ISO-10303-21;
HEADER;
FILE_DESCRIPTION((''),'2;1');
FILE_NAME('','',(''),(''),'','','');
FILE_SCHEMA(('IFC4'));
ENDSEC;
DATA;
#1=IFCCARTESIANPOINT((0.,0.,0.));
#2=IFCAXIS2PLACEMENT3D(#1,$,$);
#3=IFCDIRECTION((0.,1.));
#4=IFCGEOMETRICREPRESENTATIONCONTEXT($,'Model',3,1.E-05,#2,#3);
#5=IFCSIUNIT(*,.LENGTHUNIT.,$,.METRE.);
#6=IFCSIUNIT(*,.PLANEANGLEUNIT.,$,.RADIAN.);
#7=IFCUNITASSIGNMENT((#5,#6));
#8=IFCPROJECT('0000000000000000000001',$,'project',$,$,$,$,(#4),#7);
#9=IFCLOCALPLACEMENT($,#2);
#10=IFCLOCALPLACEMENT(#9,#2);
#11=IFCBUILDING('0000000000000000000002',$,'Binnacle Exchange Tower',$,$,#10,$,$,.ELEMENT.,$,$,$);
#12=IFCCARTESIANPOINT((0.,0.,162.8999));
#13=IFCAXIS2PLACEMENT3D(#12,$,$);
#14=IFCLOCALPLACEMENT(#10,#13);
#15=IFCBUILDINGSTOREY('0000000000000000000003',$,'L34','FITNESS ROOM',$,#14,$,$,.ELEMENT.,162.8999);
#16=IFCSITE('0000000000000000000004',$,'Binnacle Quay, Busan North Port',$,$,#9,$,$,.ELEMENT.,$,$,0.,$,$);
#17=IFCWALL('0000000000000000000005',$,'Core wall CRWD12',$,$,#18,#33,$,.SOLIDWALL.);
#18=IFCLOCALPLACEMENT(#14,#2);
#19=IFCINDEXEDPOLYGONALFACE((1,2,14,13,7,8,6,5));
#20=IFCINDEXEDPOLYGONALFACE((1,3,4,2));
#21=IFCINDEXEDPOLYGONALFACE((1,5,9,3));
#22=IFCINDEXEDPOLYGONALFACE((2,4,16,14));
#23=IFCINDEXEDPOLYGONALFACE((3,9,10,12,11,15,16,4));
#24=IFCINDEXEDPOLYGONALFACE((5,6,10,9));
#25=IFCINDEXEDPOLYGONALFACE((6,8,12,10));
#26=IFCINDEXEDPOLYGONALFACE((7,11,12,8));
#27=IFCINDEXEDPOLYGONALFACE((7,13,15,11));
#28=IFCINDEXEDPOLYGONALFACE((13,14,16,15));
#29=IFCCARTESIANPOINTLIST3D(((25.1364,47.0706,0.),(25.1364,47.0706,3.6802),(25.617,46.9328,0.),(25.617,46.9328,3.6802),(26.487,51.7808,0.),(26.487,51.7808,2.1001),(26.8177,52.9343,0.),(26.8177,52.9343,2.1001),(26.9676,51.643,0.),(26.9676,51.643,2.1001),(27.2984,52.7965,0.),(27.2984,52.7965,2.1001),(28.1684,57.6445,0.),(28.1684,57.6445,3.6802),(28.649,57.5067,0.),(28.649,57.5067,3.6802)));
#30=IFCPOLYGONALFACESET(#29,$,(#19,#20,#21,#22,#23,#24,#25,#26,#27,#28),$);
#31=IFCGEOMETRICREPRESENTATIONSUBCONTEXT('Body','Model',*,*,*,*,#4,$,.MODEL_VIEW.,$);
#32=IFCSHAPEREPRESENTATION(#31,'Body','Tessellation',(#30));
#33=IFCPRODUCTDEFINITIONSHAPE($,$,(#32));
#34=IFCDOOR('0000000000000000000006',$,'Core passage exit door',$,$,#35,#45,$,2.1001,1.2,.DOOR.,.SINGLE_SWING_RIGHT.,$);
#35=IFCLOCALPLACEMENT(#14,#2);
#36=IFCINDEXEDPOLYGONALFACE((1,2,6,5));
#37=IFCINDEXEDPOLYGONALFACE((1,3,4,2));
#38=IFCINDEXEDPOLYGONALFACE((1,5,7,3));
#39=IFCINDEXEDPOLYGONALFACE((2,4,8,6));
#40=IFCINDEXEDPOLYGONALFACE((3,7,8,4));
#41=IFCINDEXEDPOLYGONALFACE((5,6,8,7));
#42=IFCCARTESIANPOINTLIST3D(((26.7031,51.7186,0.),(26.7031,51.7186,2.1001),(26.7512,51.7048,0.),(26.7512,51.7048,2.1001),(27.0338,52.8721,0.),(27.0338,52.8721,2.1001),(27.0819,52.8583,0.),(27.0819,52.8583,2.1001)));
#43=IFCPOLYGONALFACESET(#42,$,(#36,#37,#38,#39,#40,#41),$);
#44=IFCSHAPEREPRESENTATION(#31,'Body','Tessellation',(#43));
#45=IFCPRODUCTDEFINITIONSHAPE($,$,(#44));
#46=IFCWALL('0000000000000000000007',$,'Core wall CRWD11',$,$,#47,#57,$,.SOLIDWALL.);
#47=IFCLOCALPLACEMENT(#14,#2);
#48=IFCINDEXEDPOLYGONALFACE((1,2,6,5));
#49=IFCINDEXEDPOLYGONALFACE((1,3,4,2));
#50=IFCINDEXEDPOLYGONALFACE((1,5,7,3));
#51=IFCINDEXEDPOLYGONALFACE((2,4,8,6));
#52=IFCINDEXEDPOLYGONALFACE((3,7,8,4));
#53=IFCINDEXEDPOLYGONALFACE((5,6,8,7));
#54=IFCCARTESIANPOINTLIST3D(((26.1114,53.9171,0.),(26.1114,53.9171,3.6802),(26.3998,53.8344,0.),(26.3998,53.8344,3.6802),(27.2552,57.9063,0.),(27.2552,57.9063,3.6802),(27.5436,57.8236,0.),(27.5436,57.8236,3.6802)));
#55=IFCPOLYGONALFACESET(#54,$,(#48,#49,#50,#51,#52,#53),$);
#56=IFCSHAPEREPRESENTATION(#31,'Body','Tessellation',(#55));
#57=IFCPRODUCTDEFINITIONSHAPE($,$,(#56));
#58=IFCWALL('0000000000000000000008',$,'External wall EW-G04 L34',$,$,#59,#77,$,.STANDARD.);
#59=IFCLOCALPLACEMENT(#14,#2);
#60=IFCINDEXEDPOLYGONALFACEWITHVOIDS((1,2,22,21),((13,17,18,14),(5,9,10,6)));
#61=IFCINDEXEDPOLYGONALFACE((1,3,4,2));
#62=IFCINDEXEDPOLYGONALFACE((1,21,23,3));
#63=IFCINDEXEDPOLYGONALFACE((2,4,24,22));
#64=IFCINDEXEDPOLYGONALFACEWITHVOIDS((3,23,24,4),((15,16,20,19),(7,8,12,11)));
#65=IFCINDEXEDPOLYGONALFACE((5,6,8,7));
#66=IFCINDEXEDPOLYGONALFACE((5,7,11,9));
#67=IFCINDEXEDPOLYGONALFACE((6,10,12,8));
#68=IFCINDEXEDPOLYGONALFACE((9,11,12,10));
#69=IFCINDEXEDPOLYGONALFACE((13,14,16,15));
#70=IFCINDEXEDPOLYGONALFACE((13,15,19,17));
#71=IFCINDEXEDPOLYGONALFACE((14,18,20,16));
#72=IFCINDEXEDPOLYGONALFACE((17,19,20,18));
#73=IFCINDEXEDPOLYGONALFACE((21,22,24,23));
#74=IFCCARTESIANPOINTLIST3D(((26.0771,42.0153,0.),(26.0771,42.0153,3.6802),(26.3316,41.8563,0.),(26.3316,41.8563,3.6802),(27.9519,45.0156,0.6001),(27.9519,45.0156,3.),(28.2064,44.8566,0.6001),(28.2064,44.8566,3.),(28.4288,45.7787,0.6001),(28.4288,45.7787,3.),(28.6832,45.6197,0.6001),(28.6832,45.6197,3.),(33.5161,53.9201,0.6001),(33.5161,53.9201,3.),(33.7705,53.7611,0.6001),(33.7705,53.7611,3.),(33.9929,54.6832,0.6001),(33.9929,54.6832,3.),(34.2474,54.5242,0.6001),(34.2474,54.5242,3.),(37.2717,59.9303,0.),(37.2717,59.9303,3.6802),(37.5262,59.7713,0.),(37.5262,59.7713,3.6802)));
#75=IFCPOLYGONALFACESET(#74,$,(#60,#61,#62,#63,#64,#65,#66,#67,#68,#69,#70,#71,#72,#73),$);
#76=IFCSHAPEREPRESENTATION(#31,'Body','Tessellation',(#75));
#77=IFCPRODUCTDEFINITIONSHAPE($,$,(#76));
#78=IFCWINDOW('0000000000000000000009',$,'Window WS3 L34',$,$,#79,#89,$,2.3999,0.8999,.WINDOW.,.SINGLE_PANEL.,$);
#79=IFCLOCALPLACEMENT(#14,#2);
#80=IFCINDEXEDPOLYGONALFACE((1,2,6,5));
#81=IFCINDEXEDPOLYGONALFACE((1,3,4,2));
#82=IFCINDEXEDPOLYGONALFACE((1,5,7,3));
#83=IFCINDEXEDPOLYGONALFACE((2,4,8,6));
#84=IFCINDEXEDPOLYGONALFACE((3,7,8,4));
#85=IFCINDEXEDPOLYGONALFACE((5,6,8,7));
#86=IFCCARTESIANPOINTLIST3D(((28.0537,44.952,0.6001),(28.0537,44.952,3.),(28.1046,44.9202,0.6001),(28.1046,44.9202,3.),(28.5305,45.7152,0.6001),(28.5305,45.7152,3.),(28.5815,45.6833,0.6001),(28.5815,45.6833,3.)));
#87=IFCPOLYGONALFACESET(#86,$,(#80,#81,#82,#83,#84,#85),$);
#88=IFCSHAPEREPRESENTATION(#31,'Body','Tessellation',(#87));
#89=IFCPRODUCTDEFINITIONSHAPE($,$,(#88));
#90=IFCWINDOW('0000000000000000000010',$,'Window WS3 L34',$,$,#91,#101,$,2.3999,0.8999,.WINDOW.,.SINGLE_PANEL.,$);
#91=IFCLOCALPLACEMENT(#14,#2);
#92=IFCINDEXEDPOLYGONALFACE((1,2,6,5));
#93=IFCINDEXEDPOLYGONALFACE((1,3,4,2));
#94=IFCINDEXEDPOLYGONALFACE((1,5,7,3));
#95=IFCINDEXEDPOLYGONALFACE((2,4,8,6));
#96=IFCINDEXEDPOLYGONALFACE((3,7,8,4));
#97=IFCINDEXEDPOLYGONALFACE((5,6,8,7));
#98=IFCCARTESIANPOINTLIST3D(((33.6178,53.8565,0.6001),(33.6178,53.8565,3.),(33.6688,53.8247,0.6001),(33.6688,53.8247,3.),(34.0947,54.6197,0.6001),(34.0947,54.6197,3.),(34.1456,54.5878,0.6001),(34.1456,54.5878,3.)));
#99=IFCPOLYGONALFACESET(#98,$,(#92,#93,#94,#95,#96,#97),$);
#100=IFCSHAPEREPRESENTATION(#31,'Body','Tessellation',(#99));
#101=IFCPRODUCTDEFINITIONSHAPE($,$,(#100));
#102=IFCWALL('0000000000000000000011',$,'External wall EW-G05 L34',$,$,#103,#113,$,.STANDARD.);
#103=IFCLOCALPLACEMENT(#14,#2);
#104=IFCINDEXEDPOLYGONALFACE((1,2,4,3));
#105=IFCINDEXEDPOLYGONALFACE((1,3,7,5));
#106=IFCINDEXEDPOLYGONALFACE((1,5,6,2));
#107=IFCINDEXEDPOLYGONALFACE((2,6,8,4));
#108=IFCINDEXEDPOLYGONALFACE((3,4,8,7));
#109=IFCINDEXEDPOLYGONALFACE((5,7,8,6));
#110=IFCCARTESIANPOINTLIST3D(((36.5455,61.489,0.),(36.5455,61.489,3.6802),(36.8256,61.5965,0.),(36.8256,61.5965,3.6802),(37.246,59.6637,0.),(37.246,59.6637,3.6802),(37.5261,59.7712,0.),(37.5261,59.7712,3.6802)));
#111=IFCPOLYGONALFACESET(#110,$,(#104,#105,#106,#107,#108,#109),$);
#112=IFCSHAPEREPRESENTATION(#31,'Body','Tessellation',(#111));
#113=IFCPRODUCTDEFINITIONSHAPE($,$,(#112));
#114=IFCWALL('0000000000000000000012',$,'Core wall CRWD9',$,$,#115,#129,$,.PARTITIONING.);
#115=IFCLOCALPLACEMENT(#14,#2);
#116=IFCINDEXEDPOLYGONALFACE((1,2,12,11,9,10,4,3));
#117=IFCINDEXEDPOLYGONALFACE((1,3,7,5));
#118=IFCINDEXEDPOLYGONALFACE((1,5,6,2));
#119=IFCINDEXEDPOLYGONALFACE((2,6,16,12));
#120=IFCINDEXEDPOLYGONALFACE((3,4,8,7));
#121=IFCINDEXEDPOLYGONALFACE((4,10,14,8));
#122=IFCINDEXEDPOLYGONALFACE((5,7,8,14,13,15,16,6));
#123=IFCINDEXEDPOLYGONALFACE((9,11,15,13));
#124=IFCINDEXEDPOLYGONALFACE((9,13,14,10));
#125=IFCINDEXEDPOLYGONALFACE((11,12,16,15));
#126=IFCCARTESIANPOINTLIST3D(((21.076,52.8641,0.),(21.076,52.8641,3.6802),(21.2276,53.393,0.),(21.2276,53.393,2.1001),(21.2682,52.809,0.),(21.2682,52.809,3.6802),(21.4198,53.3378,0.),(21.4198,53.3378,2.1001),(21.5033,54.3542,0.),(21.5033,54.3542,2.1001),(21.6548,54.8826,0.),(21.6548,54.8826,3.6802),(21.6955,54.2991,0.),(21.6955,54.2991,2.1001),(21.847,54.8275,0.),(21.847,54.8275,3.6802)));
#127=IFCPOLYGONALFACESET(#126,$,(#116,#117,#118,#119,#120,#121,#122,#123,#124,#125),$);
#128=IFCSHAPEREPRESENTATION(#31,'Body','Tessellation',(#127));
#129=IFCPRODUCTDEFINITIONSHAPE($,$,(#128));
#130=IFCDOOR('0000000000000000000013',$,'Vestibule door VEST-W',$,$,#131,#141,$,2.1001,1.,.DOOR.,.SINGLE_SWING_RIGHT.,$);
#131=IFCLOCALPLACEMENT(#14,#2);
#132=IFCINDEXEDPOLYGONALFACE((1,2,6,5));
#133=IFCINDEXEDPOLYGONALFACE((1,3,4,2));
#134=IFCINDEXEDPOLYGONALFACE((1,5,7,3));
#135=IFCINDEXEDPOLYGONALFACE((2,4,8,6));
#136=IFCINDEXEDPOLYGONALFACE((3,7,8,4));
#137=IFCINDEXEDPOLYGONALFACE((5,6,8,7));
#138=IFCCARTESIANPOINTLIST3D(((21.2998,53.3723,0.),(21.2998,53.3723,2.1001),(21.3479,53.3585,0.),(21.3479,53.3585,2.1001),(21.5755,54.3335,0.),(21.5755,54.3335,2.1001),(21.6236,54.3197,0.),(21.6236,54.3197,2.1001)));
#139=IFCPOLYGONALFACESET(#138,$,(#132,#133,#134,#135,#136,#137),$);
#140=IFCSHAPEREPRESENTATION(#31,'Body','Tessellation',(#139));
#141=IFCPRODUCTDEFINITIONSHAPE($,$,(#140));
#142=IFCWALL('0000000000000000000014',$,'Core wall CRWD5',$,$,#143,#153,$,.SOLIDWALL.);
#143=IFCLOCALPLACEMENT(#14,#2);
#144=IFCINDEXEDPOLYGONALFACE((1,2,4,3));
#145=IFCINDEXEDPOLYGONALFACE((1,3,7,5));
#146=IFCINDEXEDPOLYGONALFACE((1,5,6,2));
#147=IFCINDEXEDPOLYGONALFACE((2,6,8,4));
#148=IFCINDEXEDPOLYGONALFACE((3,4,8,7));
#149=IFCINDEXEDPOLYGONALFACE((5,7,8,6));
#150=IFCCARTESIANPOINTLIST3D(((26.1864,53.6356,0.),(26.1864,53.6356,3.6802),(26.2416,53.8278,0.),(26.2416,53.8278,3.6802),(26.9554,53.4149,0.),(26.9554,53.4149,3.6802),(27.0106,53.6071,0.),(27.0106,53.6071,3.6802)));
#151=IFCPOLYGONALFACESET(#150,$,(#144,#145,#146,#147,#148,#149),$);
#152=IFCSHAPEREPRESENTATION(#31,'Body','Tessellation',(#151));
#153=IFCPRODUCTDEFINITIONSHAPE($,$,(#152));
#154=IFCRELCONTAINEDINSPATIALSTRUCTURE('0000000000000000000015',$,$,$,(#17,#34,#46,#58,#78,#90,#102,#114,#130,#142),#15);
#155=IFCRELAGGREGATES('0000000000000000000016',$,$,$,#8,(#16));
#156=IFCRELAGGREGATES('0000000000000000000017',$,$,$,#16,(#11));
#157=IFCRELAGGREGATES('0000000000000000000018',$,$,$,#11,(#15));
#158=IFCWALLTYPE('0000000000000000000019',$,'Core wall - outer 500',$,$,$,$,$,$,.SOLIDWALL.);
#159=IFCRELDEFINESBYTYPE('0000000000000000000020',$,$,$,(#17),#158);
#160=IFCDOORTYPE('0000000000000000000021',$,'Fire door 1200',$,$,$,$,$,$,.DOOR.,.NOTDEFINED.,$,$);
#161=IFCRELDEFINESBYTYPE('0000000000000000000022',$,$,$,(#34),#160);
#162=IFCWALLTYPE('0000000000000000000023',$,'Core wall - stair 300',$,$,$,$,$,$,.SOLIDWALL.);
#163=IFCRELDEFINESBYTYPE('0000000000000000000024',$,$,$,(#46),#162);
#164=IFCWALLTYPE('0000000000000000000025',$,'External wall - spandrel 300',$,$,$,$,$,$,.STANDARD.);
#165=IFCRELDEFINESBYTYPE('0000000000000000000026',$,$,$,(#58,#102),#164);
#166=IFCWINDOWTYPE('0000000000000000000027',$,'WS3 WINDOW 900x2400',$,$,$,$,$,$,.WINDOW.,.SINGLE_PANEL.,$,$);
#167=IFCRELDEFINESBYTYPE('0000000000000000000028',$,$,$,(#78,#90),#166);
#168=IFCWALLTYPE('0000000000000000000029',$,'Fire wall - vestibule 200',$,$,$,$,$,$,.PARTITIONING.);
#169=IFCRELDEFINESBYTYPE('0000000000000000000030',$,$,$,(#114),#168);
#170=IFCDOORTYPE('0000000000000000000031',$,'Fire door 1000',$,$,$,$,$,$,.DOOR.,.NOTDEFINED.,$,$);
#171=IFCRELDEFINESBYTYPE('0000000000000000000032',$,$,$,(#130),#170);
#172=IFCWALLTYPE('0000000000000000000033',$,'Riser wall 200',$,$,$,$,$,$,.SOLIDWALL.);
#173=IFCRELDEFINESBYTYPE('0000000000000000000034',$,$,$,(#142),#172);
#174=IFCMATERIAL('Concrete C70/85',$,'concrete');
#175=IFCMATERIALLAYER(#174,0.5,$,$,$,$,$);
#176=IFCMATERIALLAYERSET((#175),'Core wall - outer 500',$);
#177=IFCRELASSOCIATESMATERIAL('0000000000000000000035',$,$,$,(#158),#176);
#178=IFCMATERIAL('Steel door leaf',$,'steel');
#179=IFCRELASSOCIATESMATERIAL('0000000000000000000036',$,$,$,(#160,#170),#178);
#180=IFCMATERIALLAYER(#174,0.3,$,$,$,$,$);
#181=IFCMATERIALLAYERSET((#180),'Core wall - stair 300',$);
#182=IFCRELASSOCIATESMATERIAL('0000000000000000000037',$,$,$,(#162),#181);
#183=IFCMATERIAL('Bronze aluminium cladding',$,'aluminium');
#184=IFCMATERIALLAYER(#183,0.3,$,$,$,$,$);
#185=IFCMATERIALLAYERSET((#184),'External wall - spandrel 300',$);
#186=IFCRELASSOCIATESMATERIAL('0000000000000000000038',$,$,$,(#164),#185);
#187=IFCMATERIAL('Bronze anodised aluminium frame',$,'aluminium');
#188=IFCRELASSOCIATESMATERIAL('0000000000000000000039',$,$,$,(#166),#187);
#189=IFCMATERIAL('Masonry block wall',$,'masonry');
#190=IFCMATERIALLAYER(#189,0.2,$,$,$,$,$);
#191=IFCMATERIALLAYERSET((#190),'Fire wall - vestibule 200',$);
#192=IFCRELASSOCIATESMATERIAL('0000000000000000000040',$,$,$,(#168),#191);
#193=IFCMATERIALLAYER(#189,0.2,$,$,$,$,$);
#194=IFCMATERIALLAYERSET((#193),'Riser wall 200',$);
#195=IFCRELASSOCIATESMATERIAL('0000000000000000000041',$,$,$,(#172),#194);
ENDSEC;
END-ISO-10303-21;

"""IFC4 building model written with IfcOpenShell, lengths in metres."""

from ifc_helpers import new_model, si_unit, direction, frame, frame_2d, origin, place, context, subcontext, project, spatial, rectangle, extrude, material, layer, layer_set, type_object, element, fill, save


model = new_model("IFC4")

# Units and contexts
model_context = context("Model", 3, precision=1e-05, world=origin(), true_north=direction((0.0, 1.0)))
body_context = subcontext(model_context, "Body", "Model", "MODEL_VIEW")
ifc_project = project(units=[si_unit("LENGTHUNIT", "METRE"), si_unit("PLANEANGLEUNIT", "RADIAN")], contexts=[model_context])

# Site, building, storey
site_placement = place(None, origin())
site = spatial("IfcSite", under=ifc_project, at=site_placement, Name="Binnacle Quay, Busan North Port", CompositionType="ELEMENT", RefElevation=0.0)
building_placement = place(site_placement, origin())
building = spatial("IfcBuilding", under=site, at=building_placement, Name="Binnacle Exchange Tower", CompositionType="ELEMENT")
storey_placement = place(building_placement, frame((0.0, 0.0, 162.8999)))
storey = spatial("IfcBuildingStorey", under=building, at=storey_placement, Name="L34", Description="FITNESS ROOM", CompositionType="ELEMENT", Elevation=162.8999)

# Shared definitions
ifc_material_1 = material(Name="Concrete C70/85", Category="concrete")

# Wall, opening, door
ifc_material_2 = material(Name="Steel door leaf", Category="steel")
ifc_layer_1 = layer(ifc_material_1, 0.5)
ifc_layer_set_1 = layer_set([ifc_layer_1], Name="Core wall - outer 500")
wall_type_1 = type_object("IfcWallType", Name="Core wall - outer 500", PredefinedType="SOLIDWALL", material=ifc_layer_set_1)
wall_1_placement = place(storey_placement, frame((25.3767, 47.0017, 0.0), z_axis=(0.0, 0.0, 1.0), x_axis=(0.275633, 0.961263, 0.0)))
wall_1 = element("IfcWall", 1, at=wall_1_placement, inside=storey, type_object=wall_type_1, Name="Core wall CRWD12", PredefinedType="SOLIDWALL", context=body_context, shape_type="SweptSolid", body=[
    extrude(rectangle(XDim=11.0, YDim=0.5, at=frame_2d((5.5, 0.0))), origin(), (0.0, 0.0, 1.0), 3.6802),
])
opening_1_placement = place(wall_1_placement, frame((4.8999, 0.0, 0.0)))
opening_1 = element("IfcOpeningElement", 2, at=opening_1_placement, cuts=wall_1, PredefinedType="OPENING", context=body_context, shape_type="SweptSolid", body=[
    extrude(rectangle(XDim=1.2, YDim=2.1001, at=frame_2d((0.6001, 1.05))), frame((0.0, 0.26, 0.0), z_axis=(0.0, -1.0, 0.0), x_axis=(1.0, 0.0, 0.0)), (0.0, 0.0, 1.0), 0.52),
])
door_type_1 = type_object("IfcDoorType", Name="Fire door 1200", OperationType="NOTDEFINED", PredefinedType="DOOR", material=ifc_material_2)
door_1_placement = place(opening_1_placement, frame((1.2, 0.0, 0.0), z_axis=(0.0, 0.0, 1.0), x_axis=(-1.0, 0.0, 0.0)))
door_1 = element("IfcDoor", 3, at=door_1_placement, inside=storey, type_object=door_type_1, Name="Core passage exit door", OperationType="SINGLE_SWING_RIGHT", OverallHeight=2.1001, OverallWidth=1.2, PredefinedType="DOOR", context=body_context, shape_type="SweptSolid", body=[
    extrude(rectangle(XDim=1.2, YDim=2.1001, at=frame_2d((0.6001, 1.05))), frame((0.0, 0.0249, 0.0), z_axis=(0.0, -1.0, 0.0), x_axis=(1.0, 0.0, 0.0)), (0.0, 0.0, 1.0), 0.05),
])
fill(opening_1, door_1)

# Wall
ifc_layer_2 = layer(ifc_material_1, 0.3)
ifc_layer_set_2 = layer_set([ifc_layer_2], Name="Core wall - stair 300")
wall_type_2 = type_object("IfcWallType", Name="Core wall - stair 300", PredefinedType="SOLIDWALL", material=ifc_layer_set_2)
wall_2_placement = place(storey_placement, frame((26.2556, 53.8757, 0.0), z_axis=(0.0, 0.0, 1.0), x_axis=(0.275615, 0.961268, 0.0)))
element("IfcWall", 4, at=wall_2_placement, inside=storey, type_object=wall_type_2, Name="Core wall CRWD11", PredefinedType="SOLIDWALL", context=body_context, shape_type="SweptSolid", body=[
    extrude(rectangle(XDim=4.1499, YDim=0.3, at=frame_2d((2.075, 0.0))), origin(), (0.0, 0.0, 1.0), 3.6802),
])

# Wall, openings, windows
ifc_material_3 = material(Name="Bronze aluminium cladding", Category="aluminium")
ifc_layer_3 = layer(ifc_material_3, 0.3)
ifc_layer_set_3 = layer_set([ifc_layer_3], Name="External wall - spandrel 300")
wall_type_3 = type_object("IfcWallType", Name="External wall - spandrel 300", PredefinedType="STANDARD", material=ifc_layer_set_3)
wall_3_placement = place(storey_placement, frame((37.3989, 59.8508, 0.0), z_axis=(0.0, 0.0, 1.0), x_axis=(-0.52992, -0.848048, 0.0)))
wall_3 = element("IfcWall", 5, at=wall_3_placement, inside=storey, type_object=wall_type_3, Name="External wall EW-G04 L34", PredefinedType="STANDARD", context=body_context, shape_type="SweptSolid", body=[
    extrude(rectangle(XDim=21.125, YDim=0.3, at=frame_2d((10.5625, 0.0))), origin(), (0.0, 0.0, 1.0), 3.6802),
])
opening_2_placement = place(wall_3_placement, frame((16.6873, 0.0, 0.6001)))
opening_2 = element("IfcOpeningElement", 6, at=opening_2_placement, cuts=wall_3, PredefinedType="OPENING", context=body_context, shape_type="SweptSolid", body=[
    extrude(rectangle(XDim=0.8999, YDim=2.3999, at=frame_2d((0.45, 1.2))), frame((0.0, 0.1599, 0.0), z_axis=(0.0, -1.0, 0.0), x_axis=(1.0, 0.0, 0.0)), (0.0, 0.0, 1.0), 0.3201),
])
opening_3_placement = place(wall_3_placement, frame((6.1873, 0.0, 0.6001)))
opening_3 = element("IfcOpeningElement", 7, at=opening_3_placement, cuts=wall_3, PredefinedType="OPENING", context=body_context, shape_type="SweptSolid", body=[
    extrude(rectangle(XDim=0.8999, YDim=2.3999, at=frame_2d((0.45, 1.2))), frame((0.0, 0.1599, 0.0), z_axis=(0.0, -1.0, 0.0), x_axis=(1.0, 0.0, 0.0)), (0.0, 0.0, 1.0), 0.3201),
])
ifc_material_4 = material(Name="Bronze anodised aluminium frame", Category="aluminium")
window_type = type_object("IfcWindowType", Name="WS3 WINDOW 900x2400", PartitioningType="SINGLE_PANEL", PredefinedType="WINDOW", material=ifc_material_4)
window_1_placement = place(opening_2_placement, origin())
window_1 = element("IfcWindow", 8, at=window_1_placement, inside=storey, type_object=window_type, Name="Window WS3 L34", OverallHeight=2.3999, OverallWidth=0.8999, PartitioningType="SINGLE_PANEL", PredefinedType="WINDOW", context=body_context, shape_type="SweptSolid", body=[
    extrude(rectangle(XDim=0.8999, YDim=2.3999, at=frame_2d((0.45, 1.2))), frame((0.0, 0.03, 0.0), z_axis=(0.0, -1.0, 0.0), x_axis=(1.0, 0.0, 0.0)), (0.0, 0.0, 1.0), 0.0601),
])
fill(opening_2, window_1)
window_2_placement = place(opening_3_placement, origin())
window_2 = element("IfcWindow", 9, at=window_2_placement, inside=storey, type_object=window_type, Name="Window WS3 L34", OverallHeight=2.3999, OverallWidth=0.8999, PartitioningType="SINGLE_PANEL", PredefinedType="WINDOW", context=body_context, shape_type="SweptSolid", body=[
    extrude(rectangle(XDim=0.8999, YDim=2.3999, at=frame_2d((0.45, 1.2))), frame((0.0, 0.03, 0.0), z_axis=(0.0, -1.0, 0.0), x_axis=(1.0, 0.0, 0.0)), (0.0, 0.0, 1.0), 0.0601),
])
fill(opening_3, window_2)

# Wall
wall_4_placement = place(storey_placement, frame((36.6855, 61.5427, 0.0), z_axis=(0.0, 0.0, 1.0), x_axis=(0.358284, -0.933612, 0.0)))
element("IfcWall", 10, at=wall_4_placement, inside=storey, type_object=wall_type_3, Name="External wall EW-G05 L34", PredefinedType="STANDARD", context=body_context, shape_type="SweptSolid", body=[
    extrude(rectangle(XDim=1.9551, YDim=0.3, at=frame_2d((0.9775, 0.0))), origin(), (0.0, 0.0, 1.0), 3.6802),
])

# Wall, opening, door
ifc_material_5 = material(Name="Masonry block wall", Category="masonry")
ifc_layer_4 = layer(ifc_material_5, 0.2)
ifc_layer_set_4 = layer_set([ifc_layer_4], Name="Fire wall - vestibule 200")
wall_type_4 = type_object("IfcWallType", Name="Fire wall - vestibule 200", PredefinedType="PARTITIONING", material=ifc_layer_set_4)
wall_5_placement = place(storey_placement, frame((21.1721, 52.8367, 0.0), z_axis=(0.0, 0.0, 1.0), x_axis=(0.275658, 0.961256, 0.0)))
wall_5 = element("IfcWall", 11, at=wall_5_placement, inside=storey, type_object=wall_type_4, Name="Core wall CRWD9", PredefinedType="PARTITIONING", context=body_context, shape_type="SweptSolid", body=[
    extrude(rectangle(XDim=2.0999, YDim=0.2, at=frame_2d((1.0498, 0.0))), origin(), (0.0, 0.0, 1.0), 3.6802),
])
opening_4_placement = place(wall_5_placement, frame((0.55, 0.0, 0.0)))
opening_4 = element("IfcOpeningElement", 12, at=opening_4_placement, cuts=wall_5, PredefinedType="OPENING", context=body_context, shape_type="SweptSolid", body=[
    extrude(rectangle(XDim=1.0, YDim=2.1001, at=frame_2d((0.5, 1.05))), frame((0.0, 0.1099, 0.0), z_axis=(0.0, -1.0, 0.0), x_axis=(1.0, 0.0, 0.0)), (0.0, 0.0, 1.0), 0.22),
])
door_type_2 = type_object("IfcDoorType", Name="Fire door 1000", OperationType="NOTDEFINED", PredefinedType="DOOR", material=ifc_material_2)
door_2_placement = place(opening_4_placement, origin())
door_2 = element("IfcDoor", 13, at=door_2_placement, inside=storey, type_object=door_type_2, Name="Vestibule door VEST-W", OperationType="SINGLE_SWING_RIGHT", OverallHeight=2.1001, OverallWidth=1.0, PredefinedType="DOOR", context=body_context, shape_type="SweptSolid", body=[
    extrude(rectangle(XDim=1.0, YDim=2.1001, at=frame_2d((0.5, 1.05))), frame((0.0, 0.0249, 0.0), z_axis=(0.0, -1.0, 0.0), x_axis=(1.0, 0.0, 0.0)), (0.0, 0.0, 1.0), 0.05),
])
fill(opening_4, door_2)

# Wall
ifc_layer_5 = layer(ifc_material_5, 0.2)
ifc_layer_set_5 = layer_set([ifc_layer_5], Name="Riser wall 200")
wall_type_5 = type_object("IfcWallType", Name="Riser wall 200", PredefinedType="SOLIDWALL", material=ifc_layer_set_5)
wall_6_placement = place(storey_placement, frame((26.2141, 53.7317, 0.0), z_axis=(0.0, 0.0, 1.0), x_axis=(0.961201, -0.275849, 0.0)))
element("IfcWall", 14, at=wall_6_placement, inside=storey, type_object=wall_type_5, Name="Core wall CRWD5", PredefinedType="SOLIDWALL", context=body_context, shape_type="SweptSolid", body=[
    extrude(rectangle(XDim=0.8, YDim=0.2, at=frame_2d((0.3999, 0.0))), origin(), (0.0, 0.0, 1.0), 3.6802),
])

save(model, "model.ifc")
